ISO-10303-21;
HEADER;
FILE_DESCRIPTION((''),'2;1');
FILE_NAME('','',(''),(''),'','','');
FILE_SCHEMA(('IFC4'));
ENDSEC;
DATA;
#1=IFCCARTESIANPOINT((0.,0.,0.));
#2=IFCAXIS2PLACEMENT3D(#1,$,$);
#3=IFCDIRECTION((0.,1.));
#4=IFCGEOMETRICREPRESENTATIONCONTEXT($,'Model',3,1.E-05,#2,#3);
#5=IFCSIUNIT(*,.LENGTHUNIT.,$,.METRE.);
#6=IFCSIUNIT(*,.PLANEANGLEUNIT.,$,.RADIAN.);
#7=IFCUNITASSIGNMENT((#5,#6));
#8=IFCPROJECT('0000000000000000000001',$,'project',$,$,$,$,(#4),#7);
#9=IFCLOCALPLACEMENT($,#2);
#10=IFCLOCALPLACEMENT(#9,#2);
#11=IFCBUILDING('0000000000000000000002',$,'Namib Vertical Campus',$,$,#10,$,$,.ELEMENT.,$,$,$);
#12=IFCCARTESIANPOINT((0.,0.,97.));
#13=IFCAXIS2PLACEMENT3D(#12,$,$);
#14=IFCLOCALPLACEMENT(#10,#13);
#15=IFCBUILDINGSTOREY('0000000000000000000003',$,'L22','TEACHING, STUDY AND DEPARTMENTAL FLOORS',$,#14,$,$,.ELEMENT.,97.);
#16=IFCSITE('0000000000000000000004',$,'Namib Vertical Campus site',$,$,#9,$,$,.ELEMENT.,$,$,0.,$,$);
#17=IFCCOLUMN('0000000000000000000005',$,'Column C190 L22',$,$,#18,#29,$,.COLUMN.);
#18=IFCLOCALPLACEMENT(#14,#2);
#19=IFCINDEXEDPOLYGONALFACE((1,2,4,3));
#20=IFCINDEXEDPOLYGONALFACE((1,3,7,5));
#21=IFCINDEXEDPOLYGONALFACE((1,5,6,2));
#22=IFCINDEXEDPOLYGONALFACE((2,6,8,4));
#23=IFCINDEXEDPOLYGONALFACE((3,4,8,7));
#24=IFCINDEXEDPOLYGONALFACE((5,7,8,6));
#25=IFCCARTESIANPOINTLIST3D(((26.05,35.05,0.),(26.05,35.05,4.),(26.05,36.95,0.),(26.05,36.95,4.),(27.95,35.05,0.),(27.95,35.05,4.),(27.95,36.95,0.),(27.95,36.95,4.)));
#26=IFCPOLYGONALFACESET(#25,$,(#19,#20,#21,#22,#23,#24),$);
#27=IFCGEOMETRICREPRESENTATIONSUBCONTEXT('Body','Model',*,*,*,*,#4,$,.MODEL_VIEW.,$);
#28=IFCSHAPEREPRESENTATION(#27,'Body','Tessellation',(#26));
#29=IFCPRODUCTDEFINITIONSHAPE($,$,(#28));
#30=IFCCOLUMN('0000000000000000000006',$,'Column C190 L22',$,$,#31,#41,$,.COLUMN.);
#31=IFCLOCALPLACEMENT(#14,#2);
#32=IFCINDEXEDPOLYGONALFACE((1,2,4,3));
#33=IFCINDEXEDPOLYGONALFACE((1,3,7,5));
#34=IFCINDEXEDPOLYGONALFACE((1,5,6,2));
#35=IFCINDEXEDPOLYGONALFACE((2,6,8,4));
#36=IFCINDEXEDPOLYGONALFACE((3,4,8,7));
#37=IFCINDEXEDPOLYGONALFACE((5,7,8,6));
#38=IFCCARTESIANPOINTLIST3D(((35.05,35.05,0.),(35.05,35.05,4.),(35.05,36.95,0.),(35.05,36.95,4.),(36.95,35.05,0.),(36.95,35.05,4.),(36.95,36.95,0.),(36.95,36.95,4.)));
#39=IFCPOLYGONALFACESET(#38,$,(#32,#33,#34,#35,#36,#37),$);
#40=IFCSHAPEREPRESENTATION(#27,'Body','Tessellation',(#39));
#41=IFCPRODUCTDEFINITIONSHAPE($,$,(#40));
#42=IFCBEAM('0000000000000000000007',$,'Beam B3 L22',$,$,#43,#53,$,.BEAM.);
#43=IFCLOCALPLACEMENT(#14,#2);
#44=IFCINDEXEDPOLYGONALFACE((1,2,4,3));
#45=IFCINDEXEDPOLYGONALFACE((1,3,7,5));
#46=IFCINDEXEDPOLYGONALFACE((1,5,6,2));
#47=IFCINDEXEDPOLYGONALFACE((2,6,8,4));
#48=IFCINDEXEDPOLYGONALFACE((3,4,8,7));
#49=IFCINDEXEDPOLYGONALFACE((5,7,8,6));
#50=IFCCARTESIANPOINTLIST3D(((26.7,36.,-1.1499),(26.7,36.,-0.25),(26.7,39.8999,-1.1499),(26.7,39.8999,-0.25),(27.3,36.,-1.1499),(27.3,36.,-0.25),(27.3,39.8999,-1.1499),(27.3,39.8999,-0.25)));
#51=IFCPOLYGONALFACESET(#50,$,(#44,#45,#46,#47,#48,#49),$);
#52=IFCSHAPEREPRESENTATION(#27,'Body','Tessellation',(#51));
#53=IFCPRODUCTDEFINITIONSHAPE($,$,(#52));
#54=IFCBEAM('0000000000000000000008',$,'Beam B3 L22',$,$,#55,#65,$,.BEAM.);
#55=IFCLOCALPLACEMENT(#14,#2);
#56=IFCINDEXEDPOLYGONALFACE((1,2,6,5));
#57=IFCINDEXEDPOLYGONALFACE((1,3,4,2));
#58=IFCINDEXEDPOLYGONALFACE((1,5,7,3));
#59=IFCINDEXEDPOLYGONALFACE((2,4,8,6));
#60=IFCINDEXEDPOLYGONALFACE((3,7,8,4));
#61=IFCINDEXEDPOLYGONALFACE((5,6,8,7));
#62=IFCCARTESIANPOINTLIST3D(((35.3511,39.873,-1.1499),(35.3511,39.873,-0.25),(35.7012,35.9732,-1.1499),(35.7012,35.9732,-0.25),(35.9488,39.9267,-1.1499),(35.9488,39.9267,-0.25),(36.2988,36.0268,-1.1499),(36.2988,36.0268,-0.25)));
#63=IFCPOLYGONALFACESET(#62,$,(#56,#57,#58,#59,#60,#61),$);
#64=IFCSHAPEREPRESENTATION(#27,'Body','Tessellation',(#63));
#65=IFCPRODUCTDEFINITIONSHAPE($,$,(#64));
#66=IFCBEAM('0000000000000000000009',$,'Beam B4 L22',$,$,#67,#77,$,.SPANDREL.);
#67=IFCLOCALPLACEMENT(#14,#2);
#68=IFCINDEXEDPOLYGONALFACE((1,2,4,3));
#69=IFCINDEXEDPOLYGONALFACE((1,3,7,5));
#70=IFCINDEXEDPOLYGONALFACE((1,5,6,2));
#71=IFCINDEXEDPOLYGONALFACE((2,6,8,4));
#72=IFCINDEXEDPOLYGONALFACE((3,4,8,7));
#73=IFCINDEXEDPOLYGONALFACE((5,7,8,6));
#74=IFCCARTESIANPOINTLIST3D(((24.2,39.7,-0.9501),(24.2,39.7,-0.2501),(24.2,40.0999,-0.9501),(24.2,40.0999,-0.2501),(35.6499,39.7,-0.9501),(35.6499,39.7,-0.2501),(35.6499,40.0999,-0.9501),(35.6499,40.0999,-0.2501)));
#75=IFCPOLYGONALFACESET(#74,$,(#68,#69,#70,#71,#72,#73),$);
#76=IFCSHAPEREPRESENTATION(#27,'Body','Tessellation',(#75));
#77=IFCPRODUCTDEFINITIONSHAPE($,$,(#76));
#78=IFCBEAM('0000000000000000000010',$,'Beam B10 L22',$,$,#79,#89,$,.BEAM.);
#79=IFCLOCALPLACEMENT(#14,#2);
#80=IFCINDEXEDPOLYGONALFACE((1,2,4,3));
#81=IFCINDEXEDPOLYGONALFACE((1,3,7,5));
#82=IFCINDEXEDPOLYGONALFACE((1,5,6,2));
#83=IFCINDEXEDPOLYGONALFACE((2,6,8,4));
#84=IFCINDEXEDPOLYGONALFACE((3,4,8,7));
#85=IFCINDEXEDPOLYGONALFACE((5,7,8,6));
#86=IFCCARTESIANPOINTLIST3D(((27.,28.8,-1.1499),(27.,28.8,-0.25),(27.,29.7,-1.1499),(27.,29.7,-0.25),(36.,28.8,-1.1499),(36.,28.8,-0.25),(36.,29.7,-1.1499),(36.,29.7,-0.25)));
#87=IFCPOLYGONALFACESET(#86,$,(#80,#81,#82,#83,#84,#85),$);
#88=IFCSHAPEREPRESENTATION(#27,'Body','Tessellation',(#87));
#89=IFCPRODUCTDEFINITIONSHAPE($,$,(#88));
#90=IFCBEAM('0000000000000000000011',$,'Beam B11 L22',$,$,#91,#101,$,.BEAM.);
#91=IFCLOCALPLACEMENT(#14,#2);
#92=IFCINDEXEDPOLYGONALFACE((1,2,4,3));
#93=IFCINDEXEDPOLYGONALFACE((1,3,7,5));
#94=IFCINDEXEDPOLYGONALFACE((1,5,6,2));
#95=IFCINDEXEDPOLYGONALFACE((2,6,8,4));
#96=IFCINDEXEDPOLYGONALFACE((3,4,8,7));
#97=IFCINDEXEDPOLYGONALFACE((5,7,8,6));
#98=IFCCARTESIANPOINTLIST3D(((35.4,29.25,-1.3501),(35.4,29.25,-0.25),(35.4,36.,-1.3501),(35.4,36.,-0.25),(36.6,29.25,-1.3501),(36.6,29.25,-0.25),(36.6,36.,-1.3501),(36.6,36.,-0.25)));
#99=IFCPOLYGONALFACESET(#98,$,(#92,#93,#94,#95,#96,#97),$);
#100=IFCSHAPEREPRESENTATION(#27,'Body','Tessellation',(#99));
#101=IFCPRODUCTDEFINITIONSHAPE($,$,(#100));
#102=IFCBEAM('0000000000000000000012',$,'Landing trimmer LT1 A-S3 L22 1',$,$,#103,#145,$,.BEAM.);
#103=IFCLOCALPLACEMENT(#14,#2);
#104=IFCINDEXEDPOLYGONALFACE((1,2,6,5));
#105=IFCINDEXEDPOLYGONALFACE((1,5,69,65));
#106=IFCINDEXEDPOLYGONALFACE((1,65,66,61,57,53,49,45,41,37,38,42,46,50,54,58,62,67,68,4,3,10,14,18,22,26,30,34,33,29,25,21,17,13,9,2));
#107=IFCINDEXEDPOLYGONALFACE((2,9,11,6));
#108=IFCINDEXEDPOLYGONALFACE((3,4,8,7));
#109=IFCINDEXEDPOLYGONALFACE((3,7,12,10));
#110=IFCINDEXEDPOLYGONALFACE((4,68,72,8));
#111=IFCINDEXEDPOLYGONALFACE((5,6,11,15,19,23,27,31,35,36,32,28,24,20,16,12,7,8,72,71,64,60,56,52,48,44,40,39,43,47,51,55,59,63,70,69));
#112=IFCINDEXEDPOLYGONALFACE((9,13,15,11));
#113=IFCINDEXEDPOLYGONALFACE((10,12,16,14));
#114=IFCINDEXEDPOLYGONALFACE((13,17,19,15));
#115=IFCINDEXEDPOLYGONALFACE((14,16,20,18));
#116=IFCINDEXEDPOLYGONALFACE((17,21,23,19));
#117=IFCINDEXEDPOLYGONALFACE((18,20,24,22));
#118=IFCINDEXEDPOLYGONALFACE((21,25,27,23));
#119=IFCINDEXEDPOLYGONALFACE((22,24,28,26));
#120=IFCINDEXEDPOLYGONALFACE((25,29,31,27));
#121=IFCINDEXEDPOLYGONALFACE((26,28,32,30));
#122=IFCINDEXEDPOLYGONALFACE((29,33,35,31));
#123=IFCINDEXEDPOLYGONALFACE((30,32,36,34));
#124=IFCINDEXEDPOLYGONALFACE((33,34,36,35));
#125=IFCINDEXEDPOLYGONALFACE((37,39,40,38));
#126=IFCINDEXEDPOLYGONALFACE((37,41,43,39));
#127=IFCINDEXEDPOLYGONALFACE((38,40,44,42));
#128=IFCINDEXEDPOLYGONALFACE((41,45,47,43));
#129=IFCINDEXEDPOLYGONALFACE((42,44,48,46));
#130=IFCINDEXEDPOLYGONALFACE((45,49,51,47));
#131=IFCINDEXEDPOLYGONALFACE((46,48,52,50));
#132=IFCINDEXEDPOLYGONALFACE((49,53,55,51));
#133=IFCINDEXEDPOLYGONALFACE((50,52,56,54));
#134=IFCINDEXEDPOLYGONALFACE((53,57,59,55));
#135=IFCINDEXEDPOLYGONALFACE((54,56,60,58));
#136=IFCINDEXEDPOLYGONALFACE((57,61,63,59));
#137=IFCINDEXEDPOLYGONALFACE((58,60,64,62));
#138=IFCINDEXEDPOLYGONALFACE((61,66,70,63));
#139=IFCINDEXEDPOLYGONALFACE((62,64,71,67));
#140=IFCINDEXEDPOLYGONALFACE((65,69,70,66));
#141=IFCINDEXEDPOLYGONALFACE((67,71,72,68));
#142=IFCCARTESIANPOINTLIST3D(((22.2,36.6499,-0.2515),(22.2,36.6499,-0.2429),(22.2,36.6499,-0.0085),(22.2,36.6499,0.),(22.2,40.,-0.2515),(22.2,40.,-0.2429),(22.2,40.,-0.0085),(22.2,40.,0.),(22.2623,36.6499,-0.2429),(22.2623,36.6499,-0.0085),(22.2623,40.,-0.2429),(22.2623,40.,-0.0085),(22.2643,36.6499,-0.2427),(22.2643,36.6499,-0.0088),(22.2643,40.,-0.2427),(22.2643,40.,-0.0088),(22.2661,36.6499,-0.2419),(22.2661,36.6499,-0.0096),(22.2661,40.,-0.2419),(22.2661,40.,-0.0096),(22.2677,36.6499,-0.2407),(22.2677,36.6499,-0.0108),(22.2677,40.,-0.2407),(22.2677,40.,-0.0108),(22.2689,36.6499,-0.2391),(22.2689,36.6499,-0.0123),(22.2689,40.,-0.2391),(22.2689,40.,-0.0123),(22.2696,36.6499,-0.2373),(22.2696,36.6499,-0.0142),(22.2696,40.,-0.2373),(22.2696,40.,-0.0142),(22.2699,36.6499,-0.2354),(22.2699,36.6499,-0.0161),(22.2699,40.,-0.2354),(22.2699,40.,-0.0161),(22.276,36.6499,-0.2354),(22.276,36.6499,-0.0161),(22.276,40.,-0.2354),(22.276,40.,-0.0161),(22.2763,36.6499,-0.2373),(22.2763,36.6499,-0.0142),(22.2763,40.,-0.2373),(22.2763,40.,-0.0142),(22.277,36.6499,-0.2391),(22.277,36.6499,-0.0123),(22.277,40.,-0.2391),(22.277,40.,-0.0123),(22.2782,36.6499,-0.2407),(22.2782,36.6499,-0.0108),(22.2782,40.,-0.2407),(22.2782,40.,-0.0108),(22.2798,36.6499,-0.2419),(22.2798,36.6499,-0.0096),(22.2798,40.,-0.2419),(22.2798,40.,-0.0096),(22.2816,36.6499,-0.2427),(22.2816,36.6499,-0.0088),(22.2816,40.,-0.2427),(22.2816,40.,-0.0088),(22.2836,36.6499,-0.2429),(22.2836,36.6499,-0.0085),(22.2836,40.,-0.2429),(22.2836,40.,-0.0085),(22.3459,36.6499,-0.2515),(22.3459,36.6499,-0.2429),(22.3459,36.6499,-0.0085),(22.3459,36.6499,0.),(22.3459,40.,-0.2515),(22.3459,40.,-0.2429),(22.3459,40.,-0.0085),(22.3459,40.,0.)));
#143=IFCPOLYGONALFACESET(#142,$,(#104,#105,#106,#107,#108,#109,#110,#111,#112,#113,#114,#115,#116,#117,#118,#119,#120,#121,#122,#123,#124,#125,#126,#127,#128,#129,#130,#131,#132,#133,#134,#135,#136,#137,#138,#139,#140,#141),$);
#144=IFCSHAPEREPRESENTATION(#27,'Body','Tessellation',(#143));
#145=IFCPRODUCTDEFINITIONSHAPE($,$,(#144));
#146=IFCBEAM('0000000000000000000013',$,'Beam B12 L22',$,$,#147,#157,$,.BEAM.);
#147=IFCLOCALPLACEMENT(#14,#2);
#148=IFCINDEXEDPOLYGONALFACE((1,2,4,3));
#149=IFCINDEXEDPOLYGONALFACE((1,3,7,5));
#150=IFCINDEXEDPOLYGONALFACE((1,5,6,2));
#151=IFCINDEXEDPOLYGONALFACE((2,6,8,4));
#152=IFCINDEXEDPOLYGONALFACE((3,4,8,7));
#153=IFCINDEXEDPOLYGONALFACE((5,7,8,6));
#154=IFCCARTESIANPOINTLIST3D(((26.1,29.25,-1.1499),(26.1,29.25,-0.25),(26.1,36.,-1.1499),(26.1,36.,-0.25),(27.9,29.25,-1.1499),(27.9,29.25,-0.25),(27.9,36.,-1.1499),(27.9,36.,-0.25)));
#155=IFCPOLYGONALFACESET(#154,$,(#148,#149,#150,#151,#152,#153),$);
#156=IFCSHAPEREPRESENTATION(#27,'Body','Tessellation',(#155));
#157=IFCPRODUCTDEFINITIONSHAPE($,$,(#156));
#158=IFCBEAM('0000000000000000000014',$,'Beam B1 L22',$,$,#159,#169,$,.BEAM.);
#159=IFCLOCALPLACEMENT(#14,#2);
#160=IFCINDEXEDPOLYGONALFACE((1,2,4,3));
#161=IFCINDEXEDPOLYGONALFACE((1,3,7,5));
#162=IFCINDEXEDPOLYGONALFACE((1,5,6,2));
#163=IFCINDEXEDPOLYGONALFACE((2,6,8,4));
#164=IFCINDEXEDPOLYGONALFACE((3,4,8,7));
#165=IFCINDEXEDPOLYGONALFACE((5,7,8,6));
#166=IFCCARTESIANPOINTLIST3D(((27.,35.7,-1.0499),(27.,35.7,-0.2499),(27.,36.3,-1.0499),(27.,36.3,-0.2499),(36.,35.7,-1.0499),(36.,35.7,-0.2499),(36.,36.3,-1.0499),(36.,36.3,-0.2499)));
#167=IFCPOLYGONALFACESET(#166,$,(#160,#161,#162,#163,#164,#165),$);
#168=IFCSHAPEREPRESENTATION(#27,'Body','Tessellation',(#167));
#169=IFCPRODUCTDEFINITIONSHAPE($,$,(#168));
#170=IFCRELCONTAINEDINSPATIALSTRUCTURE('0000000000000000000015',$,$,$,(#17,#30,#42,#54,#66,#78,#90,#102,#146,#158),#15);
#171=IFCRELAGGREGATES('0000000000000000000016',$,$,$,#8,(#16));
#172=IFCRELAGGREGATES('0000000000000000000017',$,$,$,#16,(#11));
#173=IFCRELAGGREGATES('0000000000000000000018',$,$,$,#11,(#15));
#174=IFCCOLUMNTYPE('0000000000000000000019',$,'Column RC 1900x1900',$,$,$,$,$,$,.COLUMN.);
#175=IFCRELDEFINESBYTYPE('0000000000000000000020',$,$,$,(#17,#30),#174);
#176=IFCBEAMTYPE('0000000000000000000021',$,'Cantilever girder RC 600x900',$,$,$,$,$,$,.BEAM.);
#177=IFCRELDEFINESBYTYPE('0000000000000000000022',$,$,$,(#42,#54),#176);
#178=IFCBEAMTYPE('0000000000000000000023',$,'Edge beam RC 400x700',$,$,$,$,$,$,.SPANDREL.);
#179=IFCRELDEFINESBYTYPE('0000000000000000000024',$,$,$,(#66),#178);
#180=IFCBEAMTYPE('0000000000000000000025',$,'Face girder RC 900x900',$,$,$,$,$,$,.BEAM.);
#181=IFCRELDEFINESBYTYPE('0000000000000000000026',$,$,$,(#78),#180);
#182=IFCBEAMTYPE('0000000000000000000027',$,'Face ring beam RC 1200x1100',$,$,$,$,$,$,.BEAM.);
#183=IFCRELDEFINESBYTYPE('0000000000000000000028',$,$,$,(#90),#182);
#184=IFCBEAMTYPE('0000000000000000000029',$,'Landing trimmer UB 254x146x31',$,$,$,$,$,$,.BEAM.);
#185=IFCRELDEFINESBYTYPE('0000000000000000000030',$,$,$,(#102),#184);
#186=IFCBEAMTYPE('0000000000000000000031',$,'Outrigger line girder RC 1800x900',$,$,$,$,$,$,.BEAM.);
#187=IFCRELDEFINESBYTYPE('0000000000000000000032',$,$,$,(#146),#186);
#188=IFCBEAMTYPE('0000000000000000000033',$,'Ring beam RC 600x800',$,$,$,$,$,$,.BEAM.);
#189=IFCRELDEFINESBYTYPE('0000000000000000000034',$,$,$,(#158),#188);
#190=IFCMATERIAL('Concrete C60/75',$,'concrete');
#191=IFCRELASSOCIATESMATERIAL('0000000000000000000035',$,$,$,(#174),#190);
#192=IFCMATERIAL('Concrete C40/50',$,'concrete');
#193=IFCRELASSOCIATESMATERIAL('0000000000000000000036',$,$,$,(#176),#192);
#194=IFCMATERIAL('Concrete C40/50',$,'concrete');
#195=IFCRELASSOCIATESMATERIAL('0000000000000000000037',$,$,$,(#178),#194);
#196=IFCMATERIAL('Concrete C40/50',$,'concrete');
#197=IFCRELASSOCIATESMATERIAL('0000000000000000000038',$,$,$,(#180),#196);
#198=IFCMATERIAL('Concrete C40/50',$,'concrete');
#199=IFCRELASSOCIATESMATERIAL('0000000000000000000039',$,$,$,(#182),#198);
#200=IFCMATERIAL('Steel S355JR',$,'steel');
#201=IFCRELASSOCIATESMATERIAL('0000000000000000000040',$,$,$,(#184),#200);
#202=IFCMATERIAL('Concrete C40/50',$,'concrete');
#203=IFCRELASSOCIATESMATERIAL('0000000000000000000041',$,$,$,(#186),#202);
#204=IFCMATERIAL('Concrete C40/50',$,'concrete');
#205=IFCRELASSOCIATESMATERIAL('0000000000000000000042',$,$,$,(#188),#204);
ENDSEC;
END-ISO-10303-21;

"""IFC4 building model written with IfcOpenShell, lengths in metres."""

from ifc_helpers import new_model, si_unit, direction, frame, origin, origin_2d, place, context, subcontext, project, spatial, rectangle, i_section, extrude, material, material_profile, profile_set, type_object, element, save


model = new_model("IFC4")

# Units and contexts
model_context = context("Model", 3, precision=1e-05, world=origin(), true_north=direction((0.0, 1.0)))
body_context = subcontext(model_context, "Body", "Model", "MODEL_VIEW")
ifc_project = project(units=[si_unit("LENGTHUNIT", "METRE"), si_unit("PLANEANGLEUNIT", "RADIAN")], contexts=[model_context])

# Site, building, storey
site_placement = place(None, origin())
site = spatial("IfcSite", under=ifc_project, at=site_placement, Name="Namib Vertical Campus site", CompositionType="ELEMENT", RefElevation=0.0)
building_placement = place(site_placement, origin())
building = spatial("IfcBuilding", under=site, at=building_placement, Name="Namib Vertical Campus", CompositionType="ELEMENT")
storey_placement = place(building_placement, frame((0.0, 0.0, 97.0)))
storey = spatial("IfcBuildingStorey", under=building, at=storey_placement, Name="L22", Description="TEACHING, STUDY AND DEPARTMENTAL FLOORS", CompositionType="ELEMENT", Elevation=97.0)

# Columns
ifc_material_1 = material(Name="Concrete C60/75", Category="concrete")
ifc_material_profile_1 = material_profile(ifc_material_1, rectangle(XDim=1.8999, YDim=1.8999, at=origin_2d()))
ifc_profile_set_1 = profile_set([ifc_material_profile_1], Name="Concrete C60/75")
column_type = type_object("IfcColumnType", Name="Column RC 1900x1900", PredefinedType="COLUMN", material=ifc_profile_set_1)
for number, where, z_axis, x_axis, name in (
    (1, (27.0, 36.0, 0.0), (0.0, 0.0, 1.0), (1.0, 0.0, 0.0), "Column C190 L22"),
    (2, (36.0, 36.0, 0.0), (0.0, 0.0, 1.0), (1.0, 0.0, 0.0), "Column C190 L22"),
):
    element("IfcColumn", number, at=place(storey_placement, frame(where, z_axis=z_axis, x_axis=x_axis)), inside=storey, type_object=column_type, Name=name, PredefinedType="COLUMN", context=body_context, shape_type="SweptSolid", body=[
        extrude(rectangle(XDim=1.8999, YDim=1.8999, at=origin_2d()), origin(), (0.0, 0.0, 1.0), 4.0),
    ])

# Beams
ifc_material_2 = material(Name="Concrete C40/50", Category="concrete")
ifc_material_profile_2 = material_profile(ifc_material_2, rectangle(XDim=0.6001, YDim=0.8999, at=origin_2d()))
ifc_profile_set_2 = profile_set([ifc_material_profile_2], Name="Concrete C40/50")
beam_type_1 = type_object("IfcBeamType", Name="Cantilever girder RC 600x900", PredefinedType="BEAM", material=ifc_profile_set_2)
beam_1_placement = place(storey_placement, frame((27.0, 36.0, -0.7), z_axis=(0.0, 1.0, 0.0), x_axis=(-1.0, 0.0, 0.0)))
element("IfcBeam", 3, at=beam_1_placement, inside=storey, type_object=beam_type_1, Name="Beam B3 L22", PredefinedType="BEAM", context=body_context, shape_type="SweptSolid", body=[
    extrude(rectangle(XDim=0.6001, YDim=0.8999, at=origin_2d()), origin(), (0.0, 0.0, 1.0), 3.8999),
])
beam_2_placement = place(storey_placement, frame((36.0, 36.0, -0.7), z_axis=(-0.089411, 0.995995, 0.0), x_axis=(-0.995995, -0.089411, 0.0)))
element("IfcBeam", 4, at=beam_2_placement, inside=storey, type_object=beam_type_1, Name="Beam B3 L22", PredefinedType="BEAM", context=body_context, shape_type="SweptSolid", body=[
    extrude(rectangle(XDim=0.6001, YDim=0.8999, at=origin_2d()), origin(), (0.0, 0.0, 1.0), 3.9155),
])
ifc_material_3 = material(Name="Concrete C40/50", Category="concrete")
ifc_material_profile_3 = material_profile(ifc_material_3, rectangle(XDim=0.3999, YDim=0.7, at=origin_2d()))
ifc_profile_set_3 = profile_set([ifc_material_profile_3], Name="Concrete C40/50")
beam_type_2 = type_object("IfcBeamType", Name="Edge beam RC 400x700", PredefinedType="SPANDREL", material=ifc_profile_set_3)
beam_3_placement = place(storey_placement, frame((24.2, 39.8999, -0.6001), z_axis=(1.0, 0.0, 0.0), x_axis=(0.0, 1.0, 0.0)))
element("IfcBeam", 5, at=beam_3_placement, inside=storey, type_object=beam_type_2, Name="Beam B4 L22", PredefinedType="SPANDREL", context=body_context, shape_type="SweptSolid", body=[
    extrude(rectangle(XDim=0.3999, YDim=0.7, at=origin_2d()), origin(), (0.0, 0.0, 1.0), 11.45),
])
ifc_material_4 = material(Name="Concrete C40/50", Category="concrete")
ifc_material_profile_4 = material_profile(ifc_material_4, rectangle(XDim=0.8999, YDim=0.8999, at=origin_2d()))
ifc_profile_set_4 = profile_set([ifc_material_profile_4], Name="Concrete C40/50")
beam_type_3 = type_object("IfcBeamType", Name="Face girder RC 900x900", PredefinedType="BEAM", material=ifc_profile_set_4)
beam_4_placement = place(storey_placement, frame((36.0, 29.25, -0.7), z_axis=(-1.0, 0.0, 0.0), x_axis=(0.0, -1.0, 0.0)))
element("IfcBeam", 6, at=beam_4_placement, inside=storey, type_object=beam_type_3, Name="Beam B10 L22", PredefinedType="BEAM", context=body_context, shape_type="SweptSolid", body=[
    extrude(rectangle(XDim=0.8999, YDim=0.8999, at=origin_2d()), origin(), (0.0, 0.0, 1.0), 9.0),
])
ifc_material_5 = material(Name="Concrete C40/50", Category="concrete")
ifc_material_profile_5 = material_profile(ifc_material_5, rectangle(XDim=1.2, YDim=1.1001, at=origin_2d()))
ifc_profile_set_5 = profile_set([ifc_material_profile_5], Name="Concrete C40/50")
beam_type_4 = type_object("IfcBeamType", Name="Face ring beam RC 1200x1100", PredefinedType="BEAM", material=ifc_profile_set_5)
beam_5_placement = place(storey_placement, frame((36.0, 29.25, -0.8), z_axis=(0.0, 1.0, 0.0), x_axis=(-1.0, 0.0, 0.0)))
element("IfcBeam", 7, at=beam_5_placement, inside=storey, type_object=beam_type_4, Name="Beam B11 L22", PredefinedType="BEAM", context=body_context, shape_type="SweptSolid", body=[
    extrude(rectangle(XDim=1.2, YDim=1.1001, at=origin_2d()), origin(), (0.0, 0.0, 1.0), 6.75),
])
ifc_material_6 = material(Name="Steel S355JR", Category="steel")
ifc_material_profile_6 = material_profile(ifc_material_6, i_section(OverallWidth=0.146, OverallDepth=0.2515, WebThickness=0.0061, FlangeThickness=0.0085, FilletRadius=0.0076, at=origin_2d()))
ifc_profile_set_6 = profile_set([ifc_material_profile_6], Name="Steel S355JR")
beam_type_5 = type_object("IfcBeamType", Name="Landing trimmer UB 254x146x31", PredefinedType="BEAM", material=ifc_profile_set_6)
beam_6_placement = place(storey_placement, frame((22.2729, 36.6499, -0.1257), z_axis=(0.0, 1.0, 0.0), x_axis=(-1.0, 0.0, 0.0)))
element("IfcBeam", 8, at=beam_6_placement, inside=storey, type_object=beam_type_5, Name="Landing trimmer LT1 A-S3 L22 1", PredefinedType="BEAM", context=body_context, shape_type="SweptSolid", body=[
    extrude(i_section(OverallWidth=0.146, OverallDepth=0.2515, WebThickness=0.0061, FlangeThickness=0.0085, FilletRadius=0.0076, at=origin_2d()), origin(), (0.0, 0.0, 1.0), 3.3501),
])
ifc_material_7 = material(Name="Concrete C40/50", Category="concrete")
ifc_material_profile_7 = material_profile(ifc_material_7, rectangle(XDim=1.8, YDim=0.8999, at=origin_2d()))
ifc_profile_set_7 = profile_set([ifc_material_profile_7], Name="Concrete C40/50")
beam_type_6 = type_object("IfcBeamType", Name="Outrigger line girder RC 1800x900", PredefinedType="BEAM", material=ifc_profile_set_7)
beam_7_placement = place(storey_placement, frame((27.0, 36.0, -0.7), z_axis=(0.0, -1.0, 0.0), x_axis=(1.0, 0.0, 0.0)))
element("IfcBeam", 9, at=beam_7_placement, inside=storey, type_object=beam_type_6, Name="Beam B12 L22", PredefinedType="BEAM", context=body_context, shape_type="SweptSolid", body=[
    extrude(rectangle(XDim=1.8, YDim=0.8999, at=origin_2d()), origin(), (0.0, 0.0, 1.0), 6.75),
])
ifc_material_8 = material(Name="Concrete C40/50", Category="concrete")
ifc_material_profile_8 = material_profile(ifc_material_8, rectangle(XDim=0.6001, YDim=0.8, at=origin_2d()))
ifc_profile_set_8 = profile_set([ifc_material_profile_8], Name="Concrete C40/50")
beam_type_7 = type_object("IfcBeamType", Name="Ring beam RC 600x800", PredefinedType="BEAM", material=ifc_profile_set_8)
beam_8_placement = place(storey_placement, frame((27.0, 36.0, -0.6499), z_axis=(1.0, 0.0, 0.0), x_axis=(0.0, 1.0, 0.0)))
element("IfcBeam", 10, at=beam_8_placement, inside=storey, type_object=beam_type_7, Name="Beam B1 L22", PredefinedType="BEAM", context=body_context, shape_type="SweptSolid", body=[
    extrude(rectangle(XDim=0.6001, YDim=0.8, at=origin_2d()), origin(), (0.0, 0.0, 1.0), 9.0),
])

save(model, "model.ifc")
